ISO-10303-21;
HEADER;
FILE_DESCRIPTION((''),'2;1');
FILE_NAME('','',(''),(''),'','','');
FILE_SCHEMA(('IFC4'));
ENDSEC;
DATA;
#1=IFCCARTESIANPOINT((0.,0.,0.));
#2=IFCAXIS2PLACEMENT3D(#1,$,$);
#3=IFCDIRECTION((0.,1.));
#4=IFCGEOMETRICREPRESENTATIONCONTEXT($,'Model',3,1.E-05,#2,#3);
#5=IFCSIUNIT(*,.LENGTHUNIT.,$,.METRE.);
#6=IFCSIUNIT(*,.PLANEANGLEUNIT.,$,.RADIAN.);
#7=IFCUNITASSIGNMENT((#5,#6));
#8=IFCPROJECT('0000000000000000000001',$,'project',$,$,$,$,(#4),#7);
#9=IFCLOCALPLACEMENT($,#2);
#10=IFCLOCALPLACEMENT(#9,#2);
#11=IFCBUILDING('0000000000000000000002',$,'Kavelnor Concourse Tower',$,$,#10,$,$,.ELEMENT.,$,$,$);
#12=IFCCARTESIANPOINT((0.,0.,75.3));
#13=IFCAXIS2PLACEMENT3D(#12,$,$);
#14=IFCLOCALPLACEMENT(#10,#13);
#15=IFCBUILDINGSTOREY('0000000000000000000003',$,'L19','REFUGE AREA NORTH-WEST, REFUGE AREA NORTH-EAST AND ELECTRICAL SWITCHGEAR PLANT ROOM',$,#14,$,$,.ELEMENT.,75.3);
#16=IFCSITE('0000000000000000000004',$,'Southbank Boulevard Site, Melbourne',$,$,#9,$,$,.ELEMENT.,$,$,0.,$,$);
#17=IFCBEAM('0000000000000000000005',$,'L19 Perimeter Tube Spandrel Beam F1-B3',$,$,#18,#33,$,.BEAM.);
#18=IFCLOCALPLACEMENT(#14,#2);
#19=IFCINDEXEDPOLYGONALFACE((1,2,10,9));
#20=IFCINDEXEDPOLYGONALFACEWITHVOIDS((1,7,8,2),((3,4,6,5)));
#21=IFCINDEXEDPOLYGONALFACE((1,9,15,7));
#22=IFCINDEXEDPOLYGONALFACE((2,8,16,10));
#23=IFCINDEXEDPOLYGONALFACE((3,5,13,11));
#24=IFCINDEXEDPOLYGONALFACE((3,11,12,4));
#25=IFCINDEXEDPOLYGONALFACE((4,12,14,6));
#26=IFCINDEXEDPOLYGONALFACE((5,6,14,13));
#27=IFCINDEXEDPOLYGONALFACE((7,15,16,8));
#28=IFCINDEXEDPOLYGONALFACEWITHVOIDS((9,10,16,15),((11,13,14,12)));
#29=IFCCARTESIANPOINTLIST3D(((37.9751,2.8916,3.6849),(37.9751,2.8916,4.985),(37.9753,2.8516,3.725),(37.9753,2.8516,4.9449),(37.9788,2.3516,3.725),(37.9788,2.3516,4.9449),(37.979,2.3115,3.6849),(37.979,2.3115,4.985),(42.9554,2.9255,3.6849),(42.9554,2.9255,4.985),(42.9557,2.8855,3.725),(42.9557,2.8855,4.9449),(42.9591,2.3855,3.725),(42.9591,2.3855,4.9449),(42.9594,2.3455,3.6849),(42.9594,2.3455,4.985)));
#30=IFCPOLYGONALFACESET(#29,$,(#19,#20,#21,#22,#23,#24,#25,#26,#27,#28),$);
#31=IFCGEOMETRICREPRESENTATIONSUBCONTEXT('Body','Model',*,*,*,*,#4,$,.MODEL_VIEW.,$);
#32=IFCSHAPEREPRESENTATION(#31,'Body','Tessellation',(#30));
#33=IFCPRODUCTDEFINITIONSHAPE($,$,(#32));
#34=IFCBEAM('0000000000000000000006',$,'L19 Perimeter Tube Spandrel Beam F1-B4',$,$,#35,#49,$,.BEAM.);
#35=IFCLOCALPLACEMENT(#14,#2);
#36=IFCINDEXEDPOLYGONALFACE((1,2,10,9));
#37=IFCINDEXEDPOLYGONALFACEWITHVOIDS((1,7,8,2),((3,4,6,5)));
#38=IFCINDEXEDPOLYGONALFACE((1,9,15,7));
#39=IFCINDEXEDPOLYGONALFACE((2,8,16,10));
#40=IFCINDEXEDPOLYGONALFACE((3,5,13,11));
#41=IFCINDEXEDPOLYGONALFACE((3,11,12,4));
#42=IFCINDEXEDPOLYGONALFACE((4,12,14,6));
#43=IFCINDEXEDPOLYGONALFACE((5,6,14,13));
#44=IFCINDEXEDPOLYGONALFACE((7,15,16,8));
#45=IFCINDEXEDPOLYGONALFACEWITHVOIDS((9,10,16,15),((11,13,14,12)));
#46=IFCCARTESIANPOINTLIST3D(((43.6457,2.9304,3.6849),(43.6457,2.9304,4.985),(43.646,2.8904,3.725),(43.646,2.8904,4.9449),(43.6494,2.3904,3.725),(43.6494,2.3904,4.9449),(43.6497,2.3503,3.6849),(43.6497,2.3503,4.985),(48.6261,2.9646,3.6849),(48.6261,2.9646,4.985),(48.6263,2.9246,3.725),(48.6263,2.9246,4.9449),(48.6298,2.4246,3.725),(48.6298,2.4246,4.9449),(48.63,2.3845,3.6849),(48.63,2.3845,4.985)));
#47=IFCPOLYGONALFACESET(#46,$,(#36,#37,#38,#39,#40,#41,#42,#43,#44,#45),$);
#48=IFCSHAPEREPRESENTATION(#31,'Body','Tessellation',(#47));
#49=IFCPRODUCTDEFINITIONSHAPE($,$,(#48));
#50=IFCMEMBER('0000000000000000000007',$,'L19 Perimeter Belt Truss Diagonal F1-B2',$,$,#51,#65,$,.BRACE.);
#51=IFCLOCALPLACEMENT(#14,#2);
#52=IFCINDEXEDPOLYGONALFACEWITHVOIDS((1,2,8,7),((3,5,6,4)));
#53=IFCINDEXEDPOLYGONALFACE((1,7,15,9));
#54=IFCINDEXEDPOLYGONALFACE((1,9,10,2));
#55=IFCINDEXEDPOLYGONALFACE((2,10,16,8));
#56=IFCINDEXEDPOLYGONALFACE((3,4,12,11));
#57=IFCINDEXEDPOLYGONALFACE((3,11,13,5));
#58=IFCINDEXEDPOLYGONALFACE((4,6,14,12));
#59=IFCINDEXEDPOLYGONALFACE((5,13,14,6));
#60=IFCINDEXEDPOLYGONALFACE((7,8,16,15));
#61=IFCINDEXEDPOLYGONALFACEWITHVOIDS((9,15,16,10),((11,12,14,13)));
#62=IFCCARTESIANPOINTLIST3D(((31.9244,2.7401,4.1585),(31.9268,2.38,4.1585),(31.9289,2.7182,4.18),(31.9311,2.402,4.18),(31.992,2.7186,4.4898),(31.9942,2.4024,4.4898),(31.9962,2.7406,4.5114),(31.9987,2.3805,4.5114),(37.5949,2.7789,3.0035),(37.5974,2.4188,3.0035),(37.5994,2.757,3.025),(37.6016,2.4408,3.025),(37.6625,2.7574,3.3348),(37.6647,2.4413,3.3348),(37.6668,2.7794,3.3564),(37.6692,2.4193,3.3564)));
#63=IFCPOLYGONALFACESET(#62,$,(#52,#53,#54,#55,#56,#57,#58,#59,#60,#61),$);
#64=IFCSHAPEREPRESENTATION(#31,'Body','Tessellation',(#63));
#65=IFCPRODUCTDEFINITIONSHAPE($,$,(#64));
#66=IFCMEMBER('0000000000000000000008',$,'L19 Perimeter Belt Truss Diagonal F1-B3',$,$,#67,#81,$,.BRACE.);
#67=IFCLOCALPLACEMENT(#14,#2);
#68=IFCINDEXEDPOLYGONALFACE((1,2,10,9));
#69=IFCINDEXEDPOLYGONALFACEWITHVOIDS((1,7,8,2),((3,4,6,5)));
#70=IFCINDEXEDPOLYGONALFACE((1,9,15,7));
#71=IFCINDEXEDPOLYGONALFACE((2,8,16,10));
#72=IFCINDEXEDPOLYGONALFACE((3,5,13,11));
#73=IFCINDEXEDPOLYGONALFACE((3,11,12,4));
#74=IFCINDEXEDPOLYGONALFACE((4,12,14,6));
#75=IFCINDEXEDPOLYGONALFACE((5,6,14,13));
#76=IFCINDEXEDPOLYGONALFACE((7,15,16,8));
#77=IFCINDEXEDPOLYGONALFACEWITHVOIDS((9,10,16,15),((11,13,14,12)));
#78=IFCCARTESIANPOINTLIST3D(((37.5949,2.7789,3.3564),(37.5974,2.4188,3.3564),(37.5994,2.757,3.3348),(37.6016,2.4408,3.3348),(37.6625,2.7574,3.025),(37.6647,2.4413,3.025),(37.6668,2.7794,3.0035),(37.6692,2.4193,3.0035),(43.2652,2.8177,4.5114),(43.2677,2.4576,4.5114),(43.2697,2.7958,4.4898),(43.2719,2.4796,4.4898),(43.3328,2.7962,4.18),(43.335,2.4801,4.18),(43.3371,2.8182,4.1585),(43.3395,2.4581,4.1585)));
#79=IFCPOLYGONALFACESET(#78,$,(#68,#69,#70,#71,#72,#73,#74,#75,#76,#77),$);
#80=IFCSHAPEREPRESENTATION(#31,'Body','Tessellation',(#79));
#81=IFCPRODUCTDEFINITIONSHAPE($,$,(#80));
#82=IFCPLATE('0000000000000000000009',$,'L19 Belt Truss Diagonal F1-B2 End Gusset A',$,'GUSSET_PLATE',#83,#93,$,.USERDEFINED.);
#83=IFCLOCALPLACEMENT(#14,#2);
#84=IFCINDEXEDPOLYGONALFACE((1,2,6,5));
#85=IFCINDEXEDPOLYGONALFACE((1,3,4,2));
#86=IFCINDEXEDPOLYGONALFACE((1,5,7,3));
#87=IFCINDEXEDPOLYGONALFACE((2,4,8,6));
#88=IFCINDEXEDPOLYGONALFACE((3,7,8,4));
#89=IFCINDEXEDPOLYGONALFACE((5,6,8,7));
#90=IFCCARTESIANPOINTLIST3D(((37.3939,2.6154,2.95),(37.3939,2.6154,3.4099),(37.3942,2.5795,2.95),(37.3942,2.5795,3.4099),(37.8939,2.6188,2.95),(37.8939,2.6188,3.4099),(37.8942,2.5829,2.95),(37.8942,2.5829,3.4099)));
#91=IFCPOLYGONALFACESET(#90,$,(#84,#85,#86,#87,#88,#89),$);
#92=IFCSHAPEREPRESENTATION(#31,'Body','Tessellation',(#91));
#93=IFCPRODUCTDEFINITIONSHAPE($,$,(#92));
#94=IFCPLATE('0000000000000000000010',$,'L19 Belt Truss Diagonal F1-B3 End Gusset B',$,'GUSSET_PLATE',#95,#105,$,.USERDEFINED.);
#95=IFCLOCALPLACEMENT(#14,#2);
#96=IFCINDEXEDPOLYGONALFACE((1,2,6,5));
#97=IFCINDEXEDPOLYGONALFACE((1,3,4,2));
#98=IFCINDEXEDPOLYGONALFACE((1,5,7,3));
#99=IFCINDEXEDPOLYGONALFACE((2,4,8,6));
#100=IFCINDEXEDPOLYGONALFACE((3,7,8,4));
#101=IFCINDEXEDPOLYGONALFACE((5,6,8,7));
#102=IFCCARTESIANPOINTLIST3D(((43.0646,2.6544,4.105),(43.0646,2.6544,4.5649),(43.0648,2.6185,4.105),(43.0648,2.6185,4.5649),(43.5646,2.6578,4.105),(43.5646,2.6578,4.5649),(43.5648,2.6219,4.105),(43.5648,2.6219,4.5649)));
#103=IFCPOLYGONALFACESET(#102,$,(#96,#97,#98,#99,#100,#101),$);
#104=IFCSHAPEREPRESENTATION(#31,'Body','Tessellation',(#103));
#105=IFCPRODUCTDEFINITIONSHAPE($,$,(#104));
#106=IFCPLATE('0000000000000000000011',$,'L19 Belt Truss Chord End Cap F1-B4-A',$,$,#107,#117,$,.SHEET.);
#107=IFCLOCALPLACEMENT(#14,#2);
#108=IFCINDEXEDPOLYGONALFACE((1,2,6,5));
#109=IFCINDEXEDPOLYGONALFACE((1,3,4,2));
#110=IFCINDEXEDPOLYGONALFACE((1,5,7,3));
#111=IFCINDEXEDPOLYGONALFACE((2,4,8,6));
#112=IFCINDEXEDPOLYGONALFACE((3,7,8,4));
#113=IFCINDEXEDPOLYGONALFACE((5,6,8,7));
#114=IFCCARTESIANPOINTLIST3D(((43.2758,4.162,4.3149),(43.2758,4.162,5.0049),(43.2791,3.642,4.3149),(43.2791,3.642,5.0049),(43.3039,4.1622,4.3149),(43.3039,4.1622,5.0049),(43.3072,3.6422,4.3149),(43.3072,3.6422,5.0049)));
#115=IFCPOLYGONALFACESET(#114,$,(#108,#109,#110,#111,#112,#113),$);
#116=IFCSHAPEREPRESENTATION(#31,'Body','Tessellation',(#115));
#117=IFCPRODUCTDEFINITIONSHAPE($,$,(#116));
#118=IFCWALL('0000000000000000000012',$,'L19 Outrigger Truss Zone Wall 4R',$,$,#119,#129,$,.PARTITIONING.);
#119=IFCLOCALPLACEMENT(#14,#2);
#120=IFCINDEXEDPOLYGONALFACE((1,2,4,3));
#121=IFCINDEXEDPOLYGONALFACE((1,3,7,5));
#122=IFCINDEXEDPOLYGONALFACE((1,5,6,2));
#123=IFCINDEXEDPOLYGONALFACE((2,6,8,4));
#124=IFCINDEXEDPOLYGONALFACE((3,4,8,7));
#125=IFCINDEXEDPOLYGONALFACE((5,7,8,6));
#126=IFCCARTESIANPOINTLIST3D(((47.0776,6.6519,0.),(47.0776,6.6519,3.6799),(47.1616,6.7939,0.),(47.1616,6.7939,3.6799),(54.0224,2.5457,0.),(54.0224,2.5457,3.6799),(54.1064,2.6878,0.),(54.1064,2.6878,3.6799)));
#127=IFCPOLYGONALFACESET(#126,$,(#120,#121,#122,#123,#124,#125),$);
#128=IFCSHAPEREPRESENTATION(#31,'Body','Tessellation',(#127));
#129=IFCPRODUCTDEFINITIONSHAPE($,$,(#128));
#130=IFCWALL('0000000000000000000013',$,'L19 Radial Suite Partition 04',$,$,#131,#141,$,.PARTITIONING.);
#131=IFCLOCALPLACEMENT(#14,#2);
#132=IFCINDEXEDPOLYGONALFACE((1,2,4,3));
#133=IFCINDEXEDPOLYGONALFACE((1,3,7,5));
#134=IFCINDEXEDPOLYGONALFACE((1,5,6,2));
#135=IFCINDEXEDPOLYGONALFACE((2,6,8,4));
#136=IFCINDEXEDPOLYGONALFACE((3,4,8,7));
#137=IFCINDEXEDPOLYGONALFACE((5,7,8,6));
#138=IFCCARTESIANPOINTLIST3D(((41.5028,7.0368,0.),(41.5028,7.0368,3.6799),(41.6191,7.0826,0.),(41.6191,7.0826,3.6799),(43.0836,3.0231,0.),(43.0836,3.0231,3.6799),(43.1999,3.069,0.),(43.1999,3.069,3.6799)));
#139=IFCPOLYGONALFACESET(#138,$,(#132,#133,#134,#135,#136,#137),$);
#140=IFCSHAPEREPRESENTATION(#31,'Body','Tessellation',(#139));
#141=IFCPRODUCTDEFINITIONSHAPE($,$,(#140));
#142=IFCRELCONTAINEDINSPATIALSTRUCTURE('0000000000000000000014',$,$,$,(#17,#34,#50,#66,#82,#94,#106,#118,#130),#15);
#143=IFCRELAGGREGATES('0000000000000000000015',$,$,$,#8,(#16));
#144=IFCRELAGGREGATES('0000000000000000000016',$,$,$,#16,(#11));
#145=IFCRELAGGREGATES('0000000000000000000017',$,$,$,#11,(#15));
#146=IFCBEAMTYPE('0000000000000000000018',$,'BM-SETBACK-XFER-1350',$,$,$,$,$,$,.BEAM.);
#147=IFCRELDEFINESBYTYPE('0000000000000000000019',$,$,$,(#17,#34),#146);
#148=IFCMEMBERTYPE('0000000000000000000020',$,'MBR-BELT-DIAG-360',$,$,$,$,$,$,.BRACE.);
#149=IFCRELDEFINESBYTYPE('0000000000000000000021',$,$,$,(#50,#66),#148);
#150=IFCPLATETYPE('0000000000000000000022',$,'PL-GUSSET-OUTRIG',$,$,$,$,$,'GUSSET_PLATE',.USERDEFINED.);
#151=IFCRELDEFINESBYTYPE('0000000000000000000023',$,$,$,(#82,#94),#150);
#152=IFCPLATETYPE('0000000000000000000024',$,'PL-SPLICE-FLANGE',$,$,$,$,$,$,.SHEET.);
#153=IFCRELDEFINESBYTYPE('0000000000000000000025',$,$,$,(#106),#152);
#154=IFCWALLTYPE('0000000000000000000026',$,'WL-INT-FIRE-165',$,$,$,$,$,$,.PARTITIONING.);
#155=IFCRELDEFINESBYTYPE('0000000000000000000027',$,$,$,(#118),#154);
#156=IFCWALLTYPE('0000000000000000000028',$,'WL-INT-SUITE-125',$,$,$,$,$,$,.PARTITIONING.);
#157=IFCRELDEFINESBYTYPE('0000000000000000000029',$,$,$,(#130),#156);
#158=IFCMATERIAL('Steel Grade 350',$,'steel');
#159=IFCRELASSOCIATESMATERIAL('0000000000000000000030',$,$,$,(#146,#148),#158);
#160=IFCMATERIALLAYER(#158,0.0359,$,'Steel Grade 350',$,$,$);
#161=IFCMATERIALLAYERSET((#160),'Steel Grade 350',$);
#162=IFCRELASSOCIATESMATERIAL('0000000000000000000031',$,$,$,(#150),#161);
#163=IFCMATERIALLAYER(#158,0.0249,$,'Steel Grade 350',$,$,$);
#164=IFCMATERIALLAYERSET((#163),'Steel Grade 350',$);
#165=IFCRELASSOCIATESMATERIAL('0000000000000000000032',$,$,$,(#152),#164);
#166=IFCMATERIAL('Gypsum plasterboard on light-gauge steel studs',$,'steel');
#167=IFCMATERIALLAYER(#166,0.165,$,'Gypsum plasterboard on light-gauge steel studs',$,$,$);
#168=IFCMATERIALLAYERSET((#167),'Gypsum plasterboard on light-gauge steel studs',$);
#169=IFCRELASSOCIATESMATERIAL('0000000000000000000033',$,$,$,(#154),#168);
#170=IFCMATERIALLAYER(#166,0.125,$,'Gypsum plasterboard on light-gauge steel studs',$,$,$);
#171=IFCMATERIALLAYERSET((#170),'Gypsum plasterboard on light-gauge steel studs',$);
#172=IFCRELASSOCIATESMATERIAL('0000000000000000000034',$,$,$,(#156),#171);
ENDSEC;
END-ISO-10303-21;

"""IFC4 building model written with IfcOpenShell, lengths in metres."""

from ifc_helpers import new_model, si_unit, direction, frame, frame_2d, origin, origin_2d, place, context, subcontext, project, spatial, rectangle, hollow_rectangle, extrude, material, layer, layer_set, material_profile, profile_set, type_object, element, save


model = new_model("IFC4")

# Units and contexts
model_context = context("Model", 3, precision=1e-05, world=origin(), true_north=direction((0.0, 1.0)))
body_context = subcontext(model_context, "Body", "Model", "MODEL_VIEW")
ifc_project = project(units=[si_unit("LENGTHUNIT", "METRE"), si_unit("PLANEANGLEUNIT", "RADIAN")], contexts=[model_context])

# Site, building, storey
site_placement = place(None, origin())
site = spatial("IfcSite", under=ifc_project, at=site_placement, Name="Southbank Boulevard Site, Melbourne", CompositionType="ELEMENT", RefElevation=0.0)
building_placement = place(site_placement, origin())
building = spatial("IfcBuilding", under=site, at=building_placement, Name="Kavelnor Concourse Tower", CompositionType="ELEMENT")
storey_placement = place(building_placement, frame((0.0, 0.0, 75.3)))
storey = spatial("IfcBuildingStorey", under=building, at=storey_placement, Name="L19", Description="REFUGE AREA NORTH-WEST, REFUGE AREA NORTH-EAST AND ELECTRICAL SWITCHGEAR PLANT ROOM", CompositionType="ELEMENT", Elevation=75.3)

# Shared definitions
ifc_material_1 = material(Name="Steel Grade 350", Category="steel")

# Beams
ifc_material_profile_1 = material_profile(ifc_material_1, hollow_rectangle(XDim=0.5801, YDim=1.3, WallThickness=0.04, at=origin_2d()), Name="RHS 1300x580x40")
ifc_profile_set_1 = profile_set([ifc_material_profile_1], Name="Steel Grade 350")
beam_type_1 = type_object("IfcBeamType", Name="BM-SETBACK-XFER-1350", PredefinedType="BEAM", material=ifc_profile_set_1)
for number, where, z_axis, x_axis, name in (
    (1, (37.9771, 2.6016, 4.335), (0.999977, 0.006814, 0.0), (-0.006814, 0.999977, 0.0), "L19 Perimeter Tube Spandrel Beam F1-B3"),
    (2, (43.6477, 2.6404, 4.335), (0.999976, 0.006863, 0.0), (-0.006863, 0.999976, 0.0), "L19 Perimeter Tube Spandrel Beam F1-B4"),
):
    element("IfcBeam", number, at=place(storey_placement, frame(where, z_axis=z_axis, x_axis=x_axis)), inside=storey, type_object=beam_type_1, Name=name, PredefinedType="BEAM", context=body_context, shape_type="SweptSolid", body=[
        extrude(hollow_rectangle(XDim=0.5801, YDim=1.3, WallThickness=0.04, at=origin_2d()), origin(), (0.0, 0.0, 1.0), 4.9805),
    ])

# Members
ifc_material_profile_2 = material_profile(ifc_material_1, hollow_rectangle(XDim=0.3601, YDim=0.3601, WallThickness=0.022, at=origin_2d()), Name="SHS 360x360x22")
ifc_profile_set_2 = profile_set([ifc_material_profile_2], Name="Steel Grade 350")
member_type = type_object("IfcMemberType", Name="MBR-BELT-DIAG-360", PredefinedType="BRACE", material=ifc_profile_set_2)
member_1_placement = place(storey_placement, frame((37.6321, 2.5991, 3.1799), z_axis=(-0.979858, -0.006708, 0.199583), x_axis=(0.006845, -0.999977, 0.0)))
element("IfcMember", 3, at=member_1_placement, inside=storey, type_object=member_type, Name="L19 Perimeter Belt Truss Diagonal F1-B2", PredefinedType="BRACE", context=body_context, shape_type="SweptSolid", body=[
    extrude(hollow_rectangle(XDim=0.3601, YDim=0.3601, WallThickness=0.022, at=origin_2d()), origin(), (0.0, 0.0, 1.0), 5.7871),
])
member_2_placement = place(storey_placement, frame((37.6321, 2.5991, 3.1799), z_axis=(0.979856, 0.006708, 0.199591), x_axis=(-0.006846, 0.999977, 0.0)))
element("IfcMember", 4, at=member_2_placement, inside=storey, type_object=member_type, Name="L19 Perimeter Belt Truss Diagonal F1-B3", PredefinedType="BRACE", context=body_context, shape_type="SweptSolid", body=[
    extrude(hollow_rectangle(XDim=0.3601, YDim=0.3601, WallThickness=0.022, at=origin_2d()), origin(), (0.0, 0.0, 1.0), 5.7869),
])

# Plates
ifc_layer_1 = layer(ifc_material_1, 0.0359, Name="Steel Grade 350")
ifc_layer_set_1 = layer_set([ifc_layer_1], Name="Steel Grade 350")
plate_type_1 = type_object("IfcPlateType", Name="PL-GUSSET-OUTRIG", ElementType="GUSSET_PLATE", PredefinedType="USERDEFINED", material=ifc_layer_set_1)
for number, where, z_axis, x_axis, name in (
    (5, (37.644, 2.5991, 2.95), (0.0, 0.0, 1.0), (-0.999977, -0.006807, 0.0), "L19 Belt Truss Diagonal F1-B2 End Gusset A"),
    (6, (43.3147, 2.6382, 4.105), (0.0, 0.0, 1.0), (0.999977, 0.006807, 0.0), "L19 Belt Truss Diagonal F1-B3 End Gusset B"),
):
    element("IfcPlate", number, at=place(storey_placement, frame(where, z_axis=z_axis, x_axis=x_axis)), inside=storey, type_object=plate_type_1, Name=name, ObjectType="GUSSET_PLATE", PredefinedType="USERDEFINED", context=body_context, shape_type="SweptSolid", body=[
        extrude(rectangle(XDim=0.5, YDim=0.0359, at=origin_2d()), origin(), (0.0, 0.0, 1.0), 0.46),
    ])
ifc_layer_2 = layer(ifc_material_1, 0.0249, Name="Steel Grade 350")
ifc_layer_set_2 = layer_set([ifc_layer_2], Name="Steel Grade 350")
plate_type_2 = type_object("IfcPlateType", Name="PL-SPLICE-FLANGE", PredefinedType="SHEET", material=ifc_layer_set_2)
plate_placement = place(storey_placement, frame((43.2915, 3.9021, 4.3149), z_axis=(0.0, 0.0, 1.0), x_axis=(0.006458, -0.999979, 0.0)))
element("IfcPlate", 7, at=plate_placement, inside=storey, type_object=plate_type_2, Name="L19 Belt Truss Chord End Cap F1-B4-A", PredefinedType="SHEET", context=body_context, shape_type="SweptSolid", body=[
    extrude(rectangle(XDim=0.52, YDim=0.0281, at=origin_2d()), origin(), (0.0, 0.0, 1.0), 0.6899),
])

# Walls
ifc_material_2 = material(Name="Gypsum plasterboard on light-gauge steel studs", Category="steel")
ifc_layer_3 = layer(ifc_material_2, 0.165, Name="Gypsum plasterboard on light-gauge steel studs")
ifc_layer_set_3 = layer_set([ifc_layer_3], Name="Gypsum plasterboard on light-gauge steel studs")
wall_type_1 = type_object("IfcWallType", Name="WL-INT-FIRE-165", PredefinedType="PARTITIONING", material=ifc_layer_set_3)
wall_1_placement = place(storey_placement, frame((47.1196, 6.7229, 0.0), z_axis=(0.0, 0.0, 1.0), x_axis=(0.860794, -0.508954, 0.0)))
element("IfcWall", 8, at=wall_1_placement, inside=storey, type_object=wall_type_1, Name="L19 Outrigger Truss Zone Wall 4R", PredefinedType="PARTITIONING", context=body_context, shape_type="SweptSolid", body=[
    extrude(rectangle(XDim=8.0679, YDim=0.165, at=frame_2d((4.0339, 0.0))), origin(), (0.0, 0.0, 1.0), 3.6799),
])
ifc_layer_4 = layer(ifc_material_2, 0.125, Name="Gypsum plasterboard on light-gauge steel studs")
ifc_layer_set_4 = layer_set([ifc_layer_4], Name="Gypsum plasterboard on light-gauge steel studs")
wall_type_2 = type_object("IfcWallType", Name="WL-INT-SUITE-125", PredefinedType="PARTITIONING", material=ifc_layer_set_4)
wall_2_placement = place(storey_placement, frame((41.561, 7.0596, 0.0), z_axis=(0.0, 0.0, 1.0), x_axis=(0.366458, -0.930435, 0.0)))
element("IfcWall", 9, at=wall_2_placement, inside=storey, type_object=wall_type_2, Name="L19 Radial Suite Partition 04", PredefinedType="PARTITIONING", context=body_context, shape_type="SweptSolid", body=[
    extrude(rectangle(XDim=4.3137, YDim=0.125, at=frame_2d((2.1567, 0.0))), origin(), (0.0, 0.0, 1.0), 3.6799),
])

save(model, "model.ifc")
